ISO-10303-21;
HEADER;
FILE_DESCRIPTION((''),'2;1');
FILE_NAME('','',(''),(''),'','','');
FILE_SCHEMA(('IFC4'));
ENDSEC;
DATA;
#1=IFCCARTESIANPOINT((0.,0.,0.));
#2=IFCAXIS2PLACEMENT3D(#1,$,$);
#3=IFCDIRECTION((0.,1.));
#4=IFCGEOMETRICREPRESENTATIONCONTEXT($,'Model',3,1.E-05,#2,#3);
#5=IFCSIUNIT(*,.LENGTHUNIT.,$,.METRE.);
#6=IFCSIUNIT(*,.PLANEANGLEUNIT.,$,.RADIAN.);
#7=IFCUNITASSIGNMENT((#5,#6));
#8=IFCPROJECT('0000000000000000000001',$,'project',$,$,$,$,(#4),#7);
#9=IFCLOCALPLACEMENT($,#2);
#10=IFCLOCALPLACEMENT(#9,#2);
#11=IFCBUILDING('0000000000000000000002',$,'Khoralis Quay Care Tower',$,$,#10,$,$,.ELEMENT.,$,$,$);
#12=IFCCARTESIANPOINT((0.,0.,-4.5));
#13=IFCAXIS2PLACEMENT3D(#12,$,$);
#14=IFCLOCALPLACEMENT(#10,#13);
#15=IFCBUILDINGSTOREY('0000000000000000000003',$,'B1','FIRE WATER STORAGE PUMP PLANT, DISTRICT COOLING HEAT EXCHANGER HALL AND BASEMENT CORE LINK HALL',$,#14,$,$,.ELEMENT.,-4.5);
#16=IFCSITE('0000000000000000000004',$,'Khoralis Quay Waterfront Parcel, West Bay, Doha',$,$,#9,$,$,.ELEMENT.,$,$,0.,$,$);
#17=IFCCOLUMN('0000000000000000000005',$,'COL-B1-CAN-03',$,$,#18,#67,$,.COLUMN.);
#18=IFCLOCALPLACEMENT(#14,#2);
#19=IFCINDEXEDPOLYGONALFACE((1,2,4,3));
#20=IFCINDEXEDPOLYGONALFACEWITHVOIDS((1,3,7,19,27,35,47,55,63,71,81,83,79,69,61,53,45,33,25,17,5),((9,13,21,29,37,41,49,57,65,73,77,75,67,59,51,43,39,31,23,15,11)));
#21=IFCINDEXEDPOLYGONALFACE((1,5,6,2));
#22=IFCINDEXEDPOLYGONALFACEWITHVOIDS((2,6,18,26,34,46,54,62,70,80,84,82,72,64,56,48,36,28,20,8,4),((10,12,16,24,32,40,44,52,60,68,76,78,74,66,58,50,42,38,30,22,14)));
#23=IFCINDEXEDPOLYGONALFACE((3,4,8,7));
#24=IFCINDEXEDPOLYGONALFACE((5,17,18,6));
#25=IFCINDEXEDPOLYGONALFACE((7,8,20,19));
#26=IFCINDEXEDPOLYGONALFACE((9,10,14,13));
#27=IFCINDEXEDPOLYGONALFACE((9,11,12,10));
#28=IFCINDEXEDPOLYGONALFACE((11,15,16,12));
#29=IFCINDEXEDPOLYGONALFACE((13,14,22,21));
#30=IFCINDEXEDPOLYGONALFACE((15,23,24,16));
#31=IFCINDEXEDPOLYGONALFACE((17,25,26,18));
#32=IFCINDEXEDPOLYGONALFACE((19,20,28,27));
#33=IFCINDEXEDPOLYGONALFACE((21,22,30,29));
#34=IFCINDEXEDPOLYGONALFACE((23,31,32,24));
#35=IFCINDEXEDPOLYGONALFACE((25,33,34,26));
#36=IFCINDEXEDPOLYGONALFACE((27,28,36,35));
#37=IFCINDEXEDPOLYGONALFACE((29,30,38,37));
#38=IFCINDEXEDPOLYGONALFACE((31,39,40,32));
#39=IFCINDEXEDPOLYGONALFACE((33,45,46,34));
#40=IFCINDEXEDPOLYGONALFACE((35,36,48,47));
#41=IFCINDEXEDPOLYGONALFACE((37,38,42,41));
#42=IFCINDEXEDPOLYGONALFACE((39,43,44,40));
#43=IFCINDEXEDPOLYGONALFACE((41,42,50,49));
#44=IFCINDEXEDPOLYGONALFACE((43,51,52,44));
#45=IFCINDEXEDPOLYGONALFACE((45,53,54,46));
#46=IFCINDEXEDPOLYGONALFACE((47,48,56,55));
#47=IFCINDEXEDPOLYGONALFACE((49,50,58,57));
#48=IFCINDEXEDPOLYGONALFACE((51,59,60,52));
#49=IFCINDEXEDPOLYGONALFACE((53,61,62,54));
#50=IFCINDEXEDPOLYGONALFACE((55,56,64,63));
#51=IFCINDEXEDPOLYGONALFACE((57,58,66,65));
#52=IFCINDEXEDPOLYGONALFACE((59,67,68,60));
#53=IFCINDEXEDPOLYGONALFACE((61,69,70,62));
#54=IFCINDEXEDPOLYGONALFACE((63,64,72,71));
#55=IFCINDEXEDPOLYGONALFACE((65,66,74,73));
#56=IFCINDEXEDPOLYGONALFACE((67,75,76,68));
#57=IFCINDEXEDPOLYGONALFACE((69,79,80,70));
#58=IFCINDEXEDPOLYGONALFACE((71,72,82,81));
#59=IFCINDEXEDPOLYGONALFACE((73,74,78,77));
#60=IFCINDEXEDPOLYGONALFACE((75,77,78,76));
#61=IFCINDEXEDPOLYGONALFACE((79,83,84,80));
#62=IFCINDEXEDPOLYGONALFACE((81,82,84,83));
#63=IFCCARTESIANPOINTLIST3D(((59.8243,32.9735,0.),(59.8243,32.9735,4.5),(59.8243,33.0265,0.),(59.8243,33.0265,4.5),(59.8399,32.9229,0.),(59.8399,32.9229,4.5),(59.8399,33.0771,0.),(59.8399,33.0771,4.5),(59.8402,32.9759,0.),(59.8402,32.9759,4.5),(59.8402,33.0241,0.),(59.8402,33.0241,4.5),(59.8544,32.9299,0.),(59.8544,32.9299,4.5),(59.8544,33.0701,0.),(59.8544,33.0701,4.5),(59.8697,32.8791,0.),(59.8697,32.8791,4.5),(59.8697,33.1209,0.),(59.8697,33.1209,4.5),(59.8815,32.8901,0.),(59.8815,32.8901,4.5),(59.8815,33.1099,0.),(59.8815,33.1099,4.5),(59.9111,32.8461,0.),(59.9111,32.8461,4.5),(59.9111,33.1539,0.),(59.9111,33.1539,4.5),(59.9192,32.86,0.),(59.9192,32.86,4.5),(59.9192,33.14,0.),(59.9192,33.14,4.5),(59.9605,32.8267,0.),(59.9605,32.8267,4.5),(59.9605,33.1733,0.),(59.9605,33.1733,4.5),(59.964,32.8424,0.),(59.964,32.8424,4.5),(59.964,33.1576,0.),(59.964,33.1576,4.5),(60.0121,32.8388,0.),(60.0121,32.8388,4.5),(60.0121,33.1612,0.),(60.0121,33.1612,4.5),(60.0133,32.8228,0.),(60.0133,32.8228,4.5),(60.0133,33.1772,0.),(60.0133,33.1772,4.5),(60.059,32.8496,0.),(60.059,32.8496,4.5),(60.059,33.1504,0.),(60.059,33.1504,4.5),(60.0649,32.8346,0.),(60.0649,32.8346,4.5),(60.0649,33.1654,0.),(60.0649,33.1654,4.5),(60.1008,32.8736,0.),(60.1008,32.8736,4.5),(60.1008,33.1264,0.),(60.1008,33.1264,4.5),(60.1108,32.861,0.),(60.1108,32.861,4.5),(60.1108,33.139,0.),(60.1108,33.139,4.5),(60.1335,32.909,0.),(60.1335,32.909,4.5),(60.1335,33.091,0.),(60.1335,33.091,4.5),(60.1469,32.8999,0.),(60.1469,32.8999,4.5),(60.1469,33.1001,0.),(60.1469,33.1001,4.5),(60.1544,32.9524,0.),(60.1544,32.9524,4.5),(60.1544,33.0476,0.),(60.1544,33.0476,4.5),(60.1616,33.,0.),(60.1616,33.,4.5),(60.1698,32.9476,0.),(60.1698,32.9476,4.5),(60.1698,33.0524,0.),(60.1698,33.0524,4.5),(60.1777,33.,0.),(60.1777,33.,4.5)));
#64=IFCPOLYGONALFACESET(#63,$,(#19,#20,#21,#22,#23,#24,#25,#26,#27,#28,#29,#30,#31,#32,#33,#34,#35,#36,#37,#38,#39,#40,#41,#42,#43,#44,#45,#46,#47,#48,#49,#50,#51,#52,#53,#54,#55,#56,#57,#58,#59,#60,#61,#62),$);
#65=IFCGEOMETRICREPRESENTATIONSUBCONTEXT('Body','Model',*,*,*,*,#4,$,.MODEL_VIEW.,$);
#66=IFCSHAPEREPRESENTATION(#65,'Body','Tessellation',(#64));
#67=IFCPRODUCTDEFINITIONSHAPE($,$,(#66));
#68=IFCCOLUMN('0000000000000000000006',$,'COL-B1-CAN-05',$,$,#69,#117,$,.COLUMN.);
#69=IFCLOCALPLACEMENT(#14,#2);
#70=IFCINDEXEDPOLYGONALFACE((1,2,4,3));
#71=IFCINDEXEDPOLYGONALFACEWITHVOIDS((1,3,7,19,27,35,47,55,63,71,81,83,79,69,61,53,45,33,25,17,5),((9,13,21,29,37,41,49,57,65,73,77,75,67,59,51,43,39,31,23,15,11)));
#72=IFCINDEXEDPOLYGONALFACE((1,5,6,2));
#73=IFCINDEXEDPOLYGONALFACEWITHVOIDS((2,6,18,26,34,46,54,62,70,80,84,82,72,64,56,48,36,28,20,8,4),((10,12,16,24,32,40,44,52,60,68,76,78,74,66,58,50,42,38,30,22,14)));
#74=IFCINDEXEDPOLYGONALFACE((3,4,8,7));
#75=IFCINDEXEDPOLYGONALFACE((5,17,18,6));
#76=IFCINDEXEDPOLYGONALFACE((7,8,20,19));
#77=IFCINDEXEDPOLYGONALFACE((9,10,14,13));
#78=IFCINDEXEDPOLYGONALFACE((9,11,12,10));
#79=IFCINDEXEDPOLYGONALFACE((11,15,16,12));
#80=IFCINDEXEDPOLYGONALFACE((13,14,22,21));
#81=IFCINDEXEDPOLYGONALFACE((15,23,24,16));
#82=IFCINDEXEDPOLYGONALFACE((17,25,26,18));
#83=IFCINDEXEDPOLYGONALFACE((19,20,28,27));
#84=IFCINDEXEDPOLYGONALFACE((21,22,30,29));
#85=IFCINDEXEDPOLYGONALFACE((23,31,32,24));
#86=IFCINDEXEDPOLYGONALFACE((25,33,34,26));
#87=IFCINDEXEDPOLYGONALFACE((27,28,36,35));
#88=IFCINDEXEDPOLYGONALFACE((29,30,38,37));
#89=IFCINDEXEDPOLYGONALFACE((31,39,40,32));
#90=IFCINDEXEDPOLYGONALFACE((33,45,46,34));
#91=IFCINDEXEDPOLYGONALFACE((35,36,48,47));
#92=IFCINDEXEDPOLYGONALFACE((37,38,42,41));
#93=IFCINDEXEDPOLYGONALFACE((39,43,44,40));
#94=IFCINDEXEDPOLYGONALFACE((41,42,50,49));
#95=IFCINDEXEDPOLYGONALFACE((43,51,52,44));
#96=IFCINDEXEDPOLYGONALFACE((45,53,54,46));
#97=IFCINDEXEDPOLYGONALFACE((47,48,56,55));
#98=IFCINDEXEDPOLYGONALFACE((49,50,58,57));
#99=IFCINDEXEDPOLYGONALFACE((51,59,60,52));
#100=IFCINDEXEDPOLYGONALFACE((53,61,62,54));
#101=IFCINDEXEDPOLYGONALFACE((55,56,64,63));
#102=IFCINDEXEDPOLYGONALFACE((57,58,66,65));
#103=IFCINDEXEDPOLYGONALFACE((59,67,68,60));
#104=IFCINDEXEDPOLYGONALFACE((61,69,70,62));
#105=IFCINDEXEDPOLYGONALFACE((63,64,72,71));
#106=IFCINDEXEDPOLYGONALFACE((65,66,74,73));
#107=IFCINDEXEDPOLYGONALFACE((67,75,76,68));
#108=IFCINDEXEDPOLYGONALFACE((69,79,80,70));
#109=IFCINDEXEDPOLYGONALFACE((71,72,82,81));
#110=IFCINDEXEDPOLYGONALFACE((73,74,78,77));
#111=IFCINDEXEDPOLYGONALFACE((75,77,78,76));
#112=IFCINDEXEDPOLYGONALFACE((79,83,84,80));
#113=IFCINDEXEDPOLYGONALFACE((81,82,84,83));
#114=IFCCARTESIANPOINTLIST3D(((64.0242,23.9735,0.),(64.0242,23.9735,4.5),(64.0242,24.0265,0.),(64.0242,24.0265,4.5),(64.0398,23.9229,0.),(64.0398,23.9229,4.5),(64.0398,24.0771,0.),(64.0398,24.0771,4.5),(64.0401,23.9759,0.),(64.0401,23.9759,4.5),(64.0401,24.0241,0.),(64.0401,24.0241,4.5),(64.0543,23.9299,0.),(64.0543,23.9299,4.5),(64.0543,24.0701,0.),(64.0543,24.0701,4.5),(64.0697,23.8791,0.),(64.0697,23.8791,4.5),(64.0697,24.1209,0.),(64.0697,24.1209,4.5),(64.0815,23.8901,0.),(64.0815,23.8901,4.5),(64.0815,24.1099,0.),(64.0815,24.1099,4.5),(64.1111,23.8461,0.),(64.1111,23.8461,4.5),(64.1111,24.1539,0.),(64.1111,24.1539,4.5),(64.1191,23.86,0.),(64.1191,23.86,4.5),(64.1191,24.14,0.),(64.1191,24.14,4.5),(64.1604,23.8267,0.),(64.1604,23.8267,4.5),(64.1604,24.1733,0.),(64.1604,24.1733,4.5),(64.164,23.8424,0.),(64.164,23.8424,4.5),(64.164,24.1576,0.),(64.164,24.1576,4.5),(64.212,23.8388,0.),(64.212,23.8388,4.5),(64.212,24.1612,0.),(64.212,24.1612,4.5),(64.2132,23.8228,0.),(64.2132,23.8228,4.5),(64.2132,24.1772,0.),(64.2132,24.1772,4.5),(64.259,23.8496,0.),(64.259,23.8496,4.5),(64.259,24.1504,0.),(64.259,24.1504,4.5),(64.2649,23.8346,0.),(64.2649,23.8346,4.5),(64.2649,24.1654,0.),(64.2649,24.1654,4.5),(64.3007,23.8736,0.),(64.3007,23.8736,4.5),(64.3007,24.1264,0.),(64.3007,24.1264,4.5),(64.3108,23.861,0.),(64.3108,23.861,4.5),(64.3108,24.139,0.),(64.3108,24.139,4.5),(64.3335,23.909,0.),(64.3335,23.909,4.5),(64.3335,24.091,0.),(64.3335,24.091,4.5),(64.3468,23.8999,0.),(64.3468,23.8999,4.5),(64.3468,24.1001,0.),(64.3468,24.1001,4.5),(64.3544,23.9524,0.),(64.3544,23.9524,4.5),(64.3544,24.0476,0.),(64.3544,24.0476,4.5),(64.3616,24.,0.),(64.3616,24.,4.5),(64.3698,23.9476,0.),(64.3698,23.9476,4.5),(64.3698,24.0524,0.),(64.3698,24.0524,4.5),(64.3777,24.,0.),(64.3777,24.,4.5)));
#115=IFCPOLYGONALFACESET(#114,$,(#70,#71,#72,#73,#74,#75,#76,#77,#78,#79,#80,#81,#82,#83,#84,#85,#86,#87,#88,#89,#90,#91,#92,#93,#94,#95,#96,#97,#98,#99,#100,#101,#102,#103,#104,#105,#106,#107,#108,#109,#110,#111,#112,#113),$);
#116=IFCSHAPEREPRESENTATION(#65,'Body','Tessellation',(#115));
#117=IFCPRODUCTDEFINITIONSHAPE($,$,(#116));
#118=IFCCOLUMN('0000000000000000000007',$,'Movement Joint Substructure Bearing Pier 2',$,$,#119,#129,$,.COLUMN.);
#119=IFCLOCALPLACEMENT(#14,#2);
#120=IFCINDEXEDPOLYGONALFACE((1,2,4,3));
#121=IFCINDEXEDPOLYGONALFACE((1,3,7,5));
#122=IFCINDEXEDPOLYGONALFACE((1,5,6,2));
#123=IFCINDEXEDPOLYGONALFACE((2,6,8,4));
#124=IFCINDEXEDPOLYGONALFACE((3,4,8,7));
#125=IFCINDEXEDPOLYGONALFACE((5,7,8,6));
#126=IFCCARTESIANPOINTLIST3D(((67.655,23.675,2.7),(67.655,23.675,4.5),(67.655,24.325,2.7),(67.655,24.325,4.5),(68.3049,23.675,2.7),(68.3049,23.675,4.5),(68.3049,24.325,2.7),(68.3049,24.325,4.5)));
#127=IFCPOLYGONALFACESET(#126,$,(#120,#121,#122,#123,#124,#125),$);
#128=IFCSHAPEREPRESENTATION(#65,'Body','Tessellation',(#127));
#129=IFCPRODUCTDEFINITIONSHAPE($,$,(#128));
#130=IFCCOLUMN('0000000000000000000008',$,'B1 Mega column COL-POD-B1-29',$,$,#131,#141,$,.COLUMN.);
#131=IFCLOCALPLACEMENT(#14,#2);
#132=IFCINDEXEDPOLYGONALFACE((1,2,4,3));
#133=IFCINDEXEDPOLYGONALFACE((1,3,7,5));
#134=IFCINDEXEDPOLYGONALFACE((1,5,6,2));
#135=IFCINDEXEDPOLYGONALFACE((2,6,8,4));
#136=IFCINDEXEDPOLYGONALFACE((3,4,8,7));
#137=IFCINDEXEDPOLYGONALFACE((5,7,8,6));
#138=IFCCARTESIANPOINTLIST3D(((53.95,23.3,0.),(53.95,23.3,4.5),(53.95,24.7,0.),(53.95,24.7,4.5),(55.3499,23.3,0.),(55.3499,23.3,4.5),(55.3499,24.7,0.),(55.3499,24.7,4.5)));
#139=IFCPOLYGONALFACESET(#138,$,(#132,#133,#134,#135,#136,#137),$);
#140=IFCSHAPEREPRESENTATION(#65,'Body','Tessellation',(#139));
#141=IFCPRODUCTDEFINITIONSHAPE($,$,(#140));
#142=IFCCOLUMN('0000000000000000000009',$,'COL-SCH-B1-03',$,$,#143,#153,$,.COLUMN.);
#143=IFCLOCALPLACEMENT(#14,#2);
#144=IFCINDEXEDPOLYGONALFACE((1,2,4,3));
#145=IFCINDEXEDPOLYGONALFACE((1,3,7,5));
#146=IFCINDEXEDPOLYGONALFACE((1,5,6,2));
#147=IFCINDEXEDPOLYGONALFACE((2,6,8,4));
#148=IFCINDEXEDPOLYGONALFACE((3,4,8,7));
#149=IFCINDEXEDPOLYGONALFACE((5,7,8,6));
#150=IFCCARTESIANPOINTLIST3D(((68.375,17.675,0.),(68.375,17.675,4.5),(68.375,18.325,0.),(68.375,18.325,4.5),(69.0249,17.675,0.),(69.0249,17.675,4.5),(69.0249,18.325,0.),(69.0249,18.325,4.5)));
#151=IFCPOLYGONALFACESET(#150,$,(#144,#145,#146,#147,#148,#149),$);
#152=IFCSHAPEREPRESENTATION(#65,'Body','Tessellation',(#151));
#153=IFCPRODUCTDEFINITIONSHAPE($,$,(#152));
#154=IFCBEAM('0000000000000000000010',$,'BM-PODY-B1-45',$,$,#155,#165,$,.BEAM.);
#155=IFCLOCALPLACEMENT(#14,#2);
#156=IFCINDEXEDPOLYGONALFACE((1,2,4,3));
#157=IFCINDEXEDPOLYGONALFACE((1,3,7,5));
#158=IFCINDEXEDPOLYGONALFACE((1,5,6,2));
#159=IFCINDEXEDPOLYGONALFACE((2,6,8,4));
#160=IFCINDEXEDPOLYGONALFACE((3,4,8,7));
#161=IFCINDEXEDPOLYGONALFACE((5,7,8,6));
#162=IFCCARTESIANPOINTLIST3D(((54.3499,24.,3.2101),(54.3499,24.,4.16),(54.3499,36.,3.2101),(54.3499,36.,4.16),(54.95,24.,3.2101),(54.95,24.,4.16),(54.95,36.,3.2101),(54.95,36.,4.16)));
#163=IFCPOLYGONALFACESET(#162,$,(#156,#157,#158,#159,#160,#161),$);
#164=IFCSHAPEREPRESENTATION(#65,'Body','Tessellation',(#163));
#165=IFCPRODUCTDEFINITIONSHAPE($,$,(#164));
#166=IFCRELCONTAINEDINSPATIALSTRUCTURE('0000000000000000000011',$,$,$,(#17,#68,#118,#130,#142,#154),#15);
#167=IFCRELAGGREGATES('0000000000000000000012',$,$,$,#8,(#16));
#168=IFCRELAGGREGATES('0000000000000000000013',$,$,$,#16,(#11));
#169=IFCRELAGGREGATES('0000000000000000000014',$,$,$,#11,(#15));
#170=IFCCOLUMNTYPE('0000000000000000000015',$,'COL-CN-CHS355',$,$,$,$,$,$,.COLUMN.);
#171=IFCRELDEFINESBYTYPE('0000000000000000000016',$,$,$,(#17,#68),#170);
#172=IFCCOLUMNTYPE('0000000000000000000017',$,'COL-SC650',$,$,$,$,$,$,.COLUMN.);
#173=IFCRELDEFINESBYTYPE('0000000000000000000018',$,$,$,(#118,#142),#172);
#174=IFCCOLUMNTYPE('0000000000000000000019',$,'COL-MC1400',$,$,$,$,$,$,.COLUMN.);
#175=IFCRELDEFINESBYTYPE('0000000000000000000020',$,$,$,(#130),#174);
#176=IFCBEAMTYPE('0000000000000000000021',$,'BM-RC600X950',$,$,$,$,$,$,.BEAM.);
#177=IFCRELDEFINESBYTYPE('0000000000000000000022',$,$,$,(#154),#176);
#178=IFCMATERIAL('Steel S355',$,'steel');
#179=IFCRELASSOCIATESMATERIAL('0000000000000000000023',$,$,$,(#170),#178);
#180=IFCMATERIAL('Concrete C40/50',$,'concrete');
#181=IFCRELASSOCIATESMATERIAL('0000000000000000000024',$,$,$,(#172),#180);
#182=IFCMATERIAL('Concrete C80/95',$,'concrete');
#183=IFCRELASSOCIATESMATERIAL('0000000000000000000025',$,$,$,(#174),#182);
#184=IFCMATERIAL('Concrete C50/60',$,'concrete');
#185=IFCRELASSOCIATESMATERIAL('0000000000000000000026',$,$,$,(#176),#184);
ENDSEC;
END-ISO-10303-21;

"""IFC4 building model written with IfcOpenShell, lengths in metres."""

from ifc_helpers import new_model, si_unit, direction, frame, origin, origin_2d, place, context, subcontext, project, spatial, rectangle, hollow_circle, extrude, source, transform, mapped, material, material_profile, profile_set, type_object, element, save


model = new_model("IFC4")

# Units and contexts
model_context = context("Model", 3, precision=1e-05, world=origin(), true_north=direction((0.0, 1.0)))
body_context = subcontext(model_context, "Body", "Model", "MODEL_VIEW")
ifc_project = project(units=[si_unit("LENGTHUNIT", "METRE"), si_unit("PLANEANGLEUNIT", "RADIAN")], contexts=[model_context])

# Site, building, storey
site_placement = place(None, origin())
site = spatial("IfcSite", under=ifc_project, at=site_placement, Name="Khoralis Quay Waterfront Parcel, West Bay, Doha", CompositionType="ELEMENT", RefElevation=0.0)
building_placement = place(site_placement, origin())
building = spatial("IfcBuilding", under=site, at=building_placement, Name="Khoralis Quay Care Tower", CompositionType="ELEMENT")
storey_placement = place(building_placement, frame((0.0, 0.0, -4.5)))
storey = spatial("IfcBuildingStorey", under=building, at=storey_placement, Name="B1", Description="FIRE WATER STORAGE PUMP PLANT, DISTRICT COOLING HEAT EXCHANGER HALL AND BASEMENT CORE LINK HALL", CompositionType="ELEMENT", Elevation=-4.5)

# Shared definitions
ifc_material_1 = material(Name="Concrete C50/60", Category="concrete")

# Columns
ifc_material_2 = material(Name="Steel S355", Category="steel")
ifc_material_profile_1 = material_profile(ifc_material_2, hollow_circle(Radius=0.1777, WallThickness=0.0161, at=origin_2d()), Name="Steel S355")
ifc_profile_set_1 = profile_set([ifc_material_profile_1], Name="Steel S355")
column_type_1 = type_object("IfcColumnType", Name="COL-CN-CHS355", PredefinedType="COLUMN", material=ifc_profile_set_1)
shared_shape_1 = source(origin(), body_context, "Body", "SweptSolid", [
    extrude(hollow_circle(Radius=0.1777, WallThickness=0.0161, at=origin_2d()), origin(), (0.0, 0.0, 1.0), 4.5),
])
for number, where, z_axis, x_axis, name in (
    (1, (60.0, 33.0, 0.0), (0.0, 0.0, 1.0), (1.0, 0.0, 0.0), "COL-B1-CAN-03"),
    (2, (64.2, 24.0, 0.0), (0.0, 0.0, 1.0), (1.0, 0.0, 0.0), "COL-B1-CAN-05"),
):
    element("IfcColumn", number, at=place(storey_placement, frame(where, z_axis=z_axis, x_axis=x_axis)), inside=storey, type_object=column_type_1, Name=name, PredefinedType="COLUMN", context=body_context, shape_type="MappedRepresentation", body=[
        mapped(shared_shape_1, transform((0.0, 0.0, 0.0), scale=1.0)),
    ])
ifc_material_3 = material(Name="Concrete C40/50", Category="concrete")
ifc_material_profile_2 = material_profile(ifc_material_3, rectangle(XDim=0.6499, YDim=0.6499, at=origin_2d()), Name="Concrete C40/50")
ifc_profile_set_2 = profile_set([ifc_material_profile_2], Name="Concrete C40/50")
column_type_2 = type_object("IfcColumnType", Name="COL-SC650", PredefinedType="COLUMN", material=ifc_profile_set_2)
shared_shape_2 = source(origin(), body_context, "Body", "SweptSolid", [
    extrude(rectangle(XDim=0.6499, YDim=0.6499, at=origin_2d()), origin(), (0.0, 0.0, 1.0), 1.8),
])
column_1_placement = place(storey_placement, frame((67.98, 24.0, 2.7), z_axis=(0.0, 0.0, 1.0), x_axis=(1.0, 0.0, 0.0)))
element("IfcColumn", 3, at=column_1_placement, inside=storey, type_object=column_type_2, Name="Movement Joint Substructure Bearing Pier 2", PredefinedType="COLUMN", context=body_context, shape_type="MappedRepresentation", body=[
    mapped(shared_shape_2, transform((0.0, 0.0, 0.0), scale=1.0)),
])
ifc_material_4 = material(Name="Concrete C80/95", Category="concrete")
ifc_material_profile_3 = material_profile(ifc_material_4, rectangle(XDim=1.3999, YDim=1.3999, at=origin_2d()), Name="Concrete C80/95")
ifc_profile_set_3 = profile_set([ifc_material_profile_3], Name="Concrete C80/95")
column_type_3 = type_object("IfcColumnType", Name="COL-MC1400", PredefinedType="COLUMN", material=ifc_profile_set_3)
shared_shape_3 = source(origin(), body_context, "Body", "SweptSolid", [
    extrude(rectangle(XDim=1.3999, YDim=1.3999, at=origin_2d()), origin(), (0.0, 0.0, 1.0), 4.5),
])
column_2_placement = place(storey_placement, frame((54.6499, 24.0, 0.0), z_axis=(0.0, 0.0, 1.0), x_axis=(1.0, 0.0, 0.0)))
element("IfcColumn", 4, at=column_2_placement, inside=storey, type_object=column_type_3, Name="B1 Mega column COL-POD-B1-29", PredefinedType="COLUMN", context=body_context, shape_type="MappedRepresentation", body=[
    mapped(shared_shape_3, transform((0.0, 0.0, 0.0), scale=1.0)),
])
shared_shape_4 = source(origin(), body_context, "Body", "SweptSolid", [
    extrude(rectangle(XDim=0.6499, YDim=0.6499, at=origin_2d()), origin(), (0.0, 0.0, 1.0), 4.5),
])
column_3_placement = place(storey_placement, frame((68.7, 18.0, 0.0), z_axis=(0.0, 0.0, 1.0), x_axis=(1.0, 0.0, 0.0)))
element("IfcColumn", 5, at=column_3_placement, inside=storey, type_object=column_type_2, Name="COL-SCH-B1-03", PredefinedType="COLUMN", context=body_context, shape_type="MappedRepresentation", body=[
    mapped(shared_shape_4, transform((0.0, 0.0, 0.0), scale=1.0)),
])

# Beam
ifc_material_profile_4 = material_profile(ifc_material_1, rectangle(XDim=0.6001, YDim=0.95, at=origin_2d()), Name="Concrete C50/60")
ifc_profile_set_4 = profile_set([ifc_material_profile_4], Name="Concrete C50/60")
beam_type = type_object("IfcBeamType", Name="BM-RC600X950", PredefinedType="BEAM", material=ifc_profile_set_4)
shared_shape_5 = source(origin(), body_context, "Body", "SweptSolid", [
    extrude(rectangle(XDim=0.6001, YDim=0.95, at=origin_2d()), origin(), (0.0, 0.0, 1.0), 12.0),
])
beam_placement = place(storey_placement, frame((54.6499, 24.0, 3.6851), z_axis=(0.0, 1.0, 0.0), x_axis=(-1.0, 0.0, 0.0)))
element("IfcBeam", 6, at=beam_placement, inside=storey, type_object=beam_type, Name="BM-PODY-B1-45", PredefinedType="BEAM", context=body_context, shape_type="MappedRepresentation", body=[
    mapped(shared_shape_5, transform((0.0, 0.0, 0.0), scale=1.0)),
])

save(model, "model.ifc")
